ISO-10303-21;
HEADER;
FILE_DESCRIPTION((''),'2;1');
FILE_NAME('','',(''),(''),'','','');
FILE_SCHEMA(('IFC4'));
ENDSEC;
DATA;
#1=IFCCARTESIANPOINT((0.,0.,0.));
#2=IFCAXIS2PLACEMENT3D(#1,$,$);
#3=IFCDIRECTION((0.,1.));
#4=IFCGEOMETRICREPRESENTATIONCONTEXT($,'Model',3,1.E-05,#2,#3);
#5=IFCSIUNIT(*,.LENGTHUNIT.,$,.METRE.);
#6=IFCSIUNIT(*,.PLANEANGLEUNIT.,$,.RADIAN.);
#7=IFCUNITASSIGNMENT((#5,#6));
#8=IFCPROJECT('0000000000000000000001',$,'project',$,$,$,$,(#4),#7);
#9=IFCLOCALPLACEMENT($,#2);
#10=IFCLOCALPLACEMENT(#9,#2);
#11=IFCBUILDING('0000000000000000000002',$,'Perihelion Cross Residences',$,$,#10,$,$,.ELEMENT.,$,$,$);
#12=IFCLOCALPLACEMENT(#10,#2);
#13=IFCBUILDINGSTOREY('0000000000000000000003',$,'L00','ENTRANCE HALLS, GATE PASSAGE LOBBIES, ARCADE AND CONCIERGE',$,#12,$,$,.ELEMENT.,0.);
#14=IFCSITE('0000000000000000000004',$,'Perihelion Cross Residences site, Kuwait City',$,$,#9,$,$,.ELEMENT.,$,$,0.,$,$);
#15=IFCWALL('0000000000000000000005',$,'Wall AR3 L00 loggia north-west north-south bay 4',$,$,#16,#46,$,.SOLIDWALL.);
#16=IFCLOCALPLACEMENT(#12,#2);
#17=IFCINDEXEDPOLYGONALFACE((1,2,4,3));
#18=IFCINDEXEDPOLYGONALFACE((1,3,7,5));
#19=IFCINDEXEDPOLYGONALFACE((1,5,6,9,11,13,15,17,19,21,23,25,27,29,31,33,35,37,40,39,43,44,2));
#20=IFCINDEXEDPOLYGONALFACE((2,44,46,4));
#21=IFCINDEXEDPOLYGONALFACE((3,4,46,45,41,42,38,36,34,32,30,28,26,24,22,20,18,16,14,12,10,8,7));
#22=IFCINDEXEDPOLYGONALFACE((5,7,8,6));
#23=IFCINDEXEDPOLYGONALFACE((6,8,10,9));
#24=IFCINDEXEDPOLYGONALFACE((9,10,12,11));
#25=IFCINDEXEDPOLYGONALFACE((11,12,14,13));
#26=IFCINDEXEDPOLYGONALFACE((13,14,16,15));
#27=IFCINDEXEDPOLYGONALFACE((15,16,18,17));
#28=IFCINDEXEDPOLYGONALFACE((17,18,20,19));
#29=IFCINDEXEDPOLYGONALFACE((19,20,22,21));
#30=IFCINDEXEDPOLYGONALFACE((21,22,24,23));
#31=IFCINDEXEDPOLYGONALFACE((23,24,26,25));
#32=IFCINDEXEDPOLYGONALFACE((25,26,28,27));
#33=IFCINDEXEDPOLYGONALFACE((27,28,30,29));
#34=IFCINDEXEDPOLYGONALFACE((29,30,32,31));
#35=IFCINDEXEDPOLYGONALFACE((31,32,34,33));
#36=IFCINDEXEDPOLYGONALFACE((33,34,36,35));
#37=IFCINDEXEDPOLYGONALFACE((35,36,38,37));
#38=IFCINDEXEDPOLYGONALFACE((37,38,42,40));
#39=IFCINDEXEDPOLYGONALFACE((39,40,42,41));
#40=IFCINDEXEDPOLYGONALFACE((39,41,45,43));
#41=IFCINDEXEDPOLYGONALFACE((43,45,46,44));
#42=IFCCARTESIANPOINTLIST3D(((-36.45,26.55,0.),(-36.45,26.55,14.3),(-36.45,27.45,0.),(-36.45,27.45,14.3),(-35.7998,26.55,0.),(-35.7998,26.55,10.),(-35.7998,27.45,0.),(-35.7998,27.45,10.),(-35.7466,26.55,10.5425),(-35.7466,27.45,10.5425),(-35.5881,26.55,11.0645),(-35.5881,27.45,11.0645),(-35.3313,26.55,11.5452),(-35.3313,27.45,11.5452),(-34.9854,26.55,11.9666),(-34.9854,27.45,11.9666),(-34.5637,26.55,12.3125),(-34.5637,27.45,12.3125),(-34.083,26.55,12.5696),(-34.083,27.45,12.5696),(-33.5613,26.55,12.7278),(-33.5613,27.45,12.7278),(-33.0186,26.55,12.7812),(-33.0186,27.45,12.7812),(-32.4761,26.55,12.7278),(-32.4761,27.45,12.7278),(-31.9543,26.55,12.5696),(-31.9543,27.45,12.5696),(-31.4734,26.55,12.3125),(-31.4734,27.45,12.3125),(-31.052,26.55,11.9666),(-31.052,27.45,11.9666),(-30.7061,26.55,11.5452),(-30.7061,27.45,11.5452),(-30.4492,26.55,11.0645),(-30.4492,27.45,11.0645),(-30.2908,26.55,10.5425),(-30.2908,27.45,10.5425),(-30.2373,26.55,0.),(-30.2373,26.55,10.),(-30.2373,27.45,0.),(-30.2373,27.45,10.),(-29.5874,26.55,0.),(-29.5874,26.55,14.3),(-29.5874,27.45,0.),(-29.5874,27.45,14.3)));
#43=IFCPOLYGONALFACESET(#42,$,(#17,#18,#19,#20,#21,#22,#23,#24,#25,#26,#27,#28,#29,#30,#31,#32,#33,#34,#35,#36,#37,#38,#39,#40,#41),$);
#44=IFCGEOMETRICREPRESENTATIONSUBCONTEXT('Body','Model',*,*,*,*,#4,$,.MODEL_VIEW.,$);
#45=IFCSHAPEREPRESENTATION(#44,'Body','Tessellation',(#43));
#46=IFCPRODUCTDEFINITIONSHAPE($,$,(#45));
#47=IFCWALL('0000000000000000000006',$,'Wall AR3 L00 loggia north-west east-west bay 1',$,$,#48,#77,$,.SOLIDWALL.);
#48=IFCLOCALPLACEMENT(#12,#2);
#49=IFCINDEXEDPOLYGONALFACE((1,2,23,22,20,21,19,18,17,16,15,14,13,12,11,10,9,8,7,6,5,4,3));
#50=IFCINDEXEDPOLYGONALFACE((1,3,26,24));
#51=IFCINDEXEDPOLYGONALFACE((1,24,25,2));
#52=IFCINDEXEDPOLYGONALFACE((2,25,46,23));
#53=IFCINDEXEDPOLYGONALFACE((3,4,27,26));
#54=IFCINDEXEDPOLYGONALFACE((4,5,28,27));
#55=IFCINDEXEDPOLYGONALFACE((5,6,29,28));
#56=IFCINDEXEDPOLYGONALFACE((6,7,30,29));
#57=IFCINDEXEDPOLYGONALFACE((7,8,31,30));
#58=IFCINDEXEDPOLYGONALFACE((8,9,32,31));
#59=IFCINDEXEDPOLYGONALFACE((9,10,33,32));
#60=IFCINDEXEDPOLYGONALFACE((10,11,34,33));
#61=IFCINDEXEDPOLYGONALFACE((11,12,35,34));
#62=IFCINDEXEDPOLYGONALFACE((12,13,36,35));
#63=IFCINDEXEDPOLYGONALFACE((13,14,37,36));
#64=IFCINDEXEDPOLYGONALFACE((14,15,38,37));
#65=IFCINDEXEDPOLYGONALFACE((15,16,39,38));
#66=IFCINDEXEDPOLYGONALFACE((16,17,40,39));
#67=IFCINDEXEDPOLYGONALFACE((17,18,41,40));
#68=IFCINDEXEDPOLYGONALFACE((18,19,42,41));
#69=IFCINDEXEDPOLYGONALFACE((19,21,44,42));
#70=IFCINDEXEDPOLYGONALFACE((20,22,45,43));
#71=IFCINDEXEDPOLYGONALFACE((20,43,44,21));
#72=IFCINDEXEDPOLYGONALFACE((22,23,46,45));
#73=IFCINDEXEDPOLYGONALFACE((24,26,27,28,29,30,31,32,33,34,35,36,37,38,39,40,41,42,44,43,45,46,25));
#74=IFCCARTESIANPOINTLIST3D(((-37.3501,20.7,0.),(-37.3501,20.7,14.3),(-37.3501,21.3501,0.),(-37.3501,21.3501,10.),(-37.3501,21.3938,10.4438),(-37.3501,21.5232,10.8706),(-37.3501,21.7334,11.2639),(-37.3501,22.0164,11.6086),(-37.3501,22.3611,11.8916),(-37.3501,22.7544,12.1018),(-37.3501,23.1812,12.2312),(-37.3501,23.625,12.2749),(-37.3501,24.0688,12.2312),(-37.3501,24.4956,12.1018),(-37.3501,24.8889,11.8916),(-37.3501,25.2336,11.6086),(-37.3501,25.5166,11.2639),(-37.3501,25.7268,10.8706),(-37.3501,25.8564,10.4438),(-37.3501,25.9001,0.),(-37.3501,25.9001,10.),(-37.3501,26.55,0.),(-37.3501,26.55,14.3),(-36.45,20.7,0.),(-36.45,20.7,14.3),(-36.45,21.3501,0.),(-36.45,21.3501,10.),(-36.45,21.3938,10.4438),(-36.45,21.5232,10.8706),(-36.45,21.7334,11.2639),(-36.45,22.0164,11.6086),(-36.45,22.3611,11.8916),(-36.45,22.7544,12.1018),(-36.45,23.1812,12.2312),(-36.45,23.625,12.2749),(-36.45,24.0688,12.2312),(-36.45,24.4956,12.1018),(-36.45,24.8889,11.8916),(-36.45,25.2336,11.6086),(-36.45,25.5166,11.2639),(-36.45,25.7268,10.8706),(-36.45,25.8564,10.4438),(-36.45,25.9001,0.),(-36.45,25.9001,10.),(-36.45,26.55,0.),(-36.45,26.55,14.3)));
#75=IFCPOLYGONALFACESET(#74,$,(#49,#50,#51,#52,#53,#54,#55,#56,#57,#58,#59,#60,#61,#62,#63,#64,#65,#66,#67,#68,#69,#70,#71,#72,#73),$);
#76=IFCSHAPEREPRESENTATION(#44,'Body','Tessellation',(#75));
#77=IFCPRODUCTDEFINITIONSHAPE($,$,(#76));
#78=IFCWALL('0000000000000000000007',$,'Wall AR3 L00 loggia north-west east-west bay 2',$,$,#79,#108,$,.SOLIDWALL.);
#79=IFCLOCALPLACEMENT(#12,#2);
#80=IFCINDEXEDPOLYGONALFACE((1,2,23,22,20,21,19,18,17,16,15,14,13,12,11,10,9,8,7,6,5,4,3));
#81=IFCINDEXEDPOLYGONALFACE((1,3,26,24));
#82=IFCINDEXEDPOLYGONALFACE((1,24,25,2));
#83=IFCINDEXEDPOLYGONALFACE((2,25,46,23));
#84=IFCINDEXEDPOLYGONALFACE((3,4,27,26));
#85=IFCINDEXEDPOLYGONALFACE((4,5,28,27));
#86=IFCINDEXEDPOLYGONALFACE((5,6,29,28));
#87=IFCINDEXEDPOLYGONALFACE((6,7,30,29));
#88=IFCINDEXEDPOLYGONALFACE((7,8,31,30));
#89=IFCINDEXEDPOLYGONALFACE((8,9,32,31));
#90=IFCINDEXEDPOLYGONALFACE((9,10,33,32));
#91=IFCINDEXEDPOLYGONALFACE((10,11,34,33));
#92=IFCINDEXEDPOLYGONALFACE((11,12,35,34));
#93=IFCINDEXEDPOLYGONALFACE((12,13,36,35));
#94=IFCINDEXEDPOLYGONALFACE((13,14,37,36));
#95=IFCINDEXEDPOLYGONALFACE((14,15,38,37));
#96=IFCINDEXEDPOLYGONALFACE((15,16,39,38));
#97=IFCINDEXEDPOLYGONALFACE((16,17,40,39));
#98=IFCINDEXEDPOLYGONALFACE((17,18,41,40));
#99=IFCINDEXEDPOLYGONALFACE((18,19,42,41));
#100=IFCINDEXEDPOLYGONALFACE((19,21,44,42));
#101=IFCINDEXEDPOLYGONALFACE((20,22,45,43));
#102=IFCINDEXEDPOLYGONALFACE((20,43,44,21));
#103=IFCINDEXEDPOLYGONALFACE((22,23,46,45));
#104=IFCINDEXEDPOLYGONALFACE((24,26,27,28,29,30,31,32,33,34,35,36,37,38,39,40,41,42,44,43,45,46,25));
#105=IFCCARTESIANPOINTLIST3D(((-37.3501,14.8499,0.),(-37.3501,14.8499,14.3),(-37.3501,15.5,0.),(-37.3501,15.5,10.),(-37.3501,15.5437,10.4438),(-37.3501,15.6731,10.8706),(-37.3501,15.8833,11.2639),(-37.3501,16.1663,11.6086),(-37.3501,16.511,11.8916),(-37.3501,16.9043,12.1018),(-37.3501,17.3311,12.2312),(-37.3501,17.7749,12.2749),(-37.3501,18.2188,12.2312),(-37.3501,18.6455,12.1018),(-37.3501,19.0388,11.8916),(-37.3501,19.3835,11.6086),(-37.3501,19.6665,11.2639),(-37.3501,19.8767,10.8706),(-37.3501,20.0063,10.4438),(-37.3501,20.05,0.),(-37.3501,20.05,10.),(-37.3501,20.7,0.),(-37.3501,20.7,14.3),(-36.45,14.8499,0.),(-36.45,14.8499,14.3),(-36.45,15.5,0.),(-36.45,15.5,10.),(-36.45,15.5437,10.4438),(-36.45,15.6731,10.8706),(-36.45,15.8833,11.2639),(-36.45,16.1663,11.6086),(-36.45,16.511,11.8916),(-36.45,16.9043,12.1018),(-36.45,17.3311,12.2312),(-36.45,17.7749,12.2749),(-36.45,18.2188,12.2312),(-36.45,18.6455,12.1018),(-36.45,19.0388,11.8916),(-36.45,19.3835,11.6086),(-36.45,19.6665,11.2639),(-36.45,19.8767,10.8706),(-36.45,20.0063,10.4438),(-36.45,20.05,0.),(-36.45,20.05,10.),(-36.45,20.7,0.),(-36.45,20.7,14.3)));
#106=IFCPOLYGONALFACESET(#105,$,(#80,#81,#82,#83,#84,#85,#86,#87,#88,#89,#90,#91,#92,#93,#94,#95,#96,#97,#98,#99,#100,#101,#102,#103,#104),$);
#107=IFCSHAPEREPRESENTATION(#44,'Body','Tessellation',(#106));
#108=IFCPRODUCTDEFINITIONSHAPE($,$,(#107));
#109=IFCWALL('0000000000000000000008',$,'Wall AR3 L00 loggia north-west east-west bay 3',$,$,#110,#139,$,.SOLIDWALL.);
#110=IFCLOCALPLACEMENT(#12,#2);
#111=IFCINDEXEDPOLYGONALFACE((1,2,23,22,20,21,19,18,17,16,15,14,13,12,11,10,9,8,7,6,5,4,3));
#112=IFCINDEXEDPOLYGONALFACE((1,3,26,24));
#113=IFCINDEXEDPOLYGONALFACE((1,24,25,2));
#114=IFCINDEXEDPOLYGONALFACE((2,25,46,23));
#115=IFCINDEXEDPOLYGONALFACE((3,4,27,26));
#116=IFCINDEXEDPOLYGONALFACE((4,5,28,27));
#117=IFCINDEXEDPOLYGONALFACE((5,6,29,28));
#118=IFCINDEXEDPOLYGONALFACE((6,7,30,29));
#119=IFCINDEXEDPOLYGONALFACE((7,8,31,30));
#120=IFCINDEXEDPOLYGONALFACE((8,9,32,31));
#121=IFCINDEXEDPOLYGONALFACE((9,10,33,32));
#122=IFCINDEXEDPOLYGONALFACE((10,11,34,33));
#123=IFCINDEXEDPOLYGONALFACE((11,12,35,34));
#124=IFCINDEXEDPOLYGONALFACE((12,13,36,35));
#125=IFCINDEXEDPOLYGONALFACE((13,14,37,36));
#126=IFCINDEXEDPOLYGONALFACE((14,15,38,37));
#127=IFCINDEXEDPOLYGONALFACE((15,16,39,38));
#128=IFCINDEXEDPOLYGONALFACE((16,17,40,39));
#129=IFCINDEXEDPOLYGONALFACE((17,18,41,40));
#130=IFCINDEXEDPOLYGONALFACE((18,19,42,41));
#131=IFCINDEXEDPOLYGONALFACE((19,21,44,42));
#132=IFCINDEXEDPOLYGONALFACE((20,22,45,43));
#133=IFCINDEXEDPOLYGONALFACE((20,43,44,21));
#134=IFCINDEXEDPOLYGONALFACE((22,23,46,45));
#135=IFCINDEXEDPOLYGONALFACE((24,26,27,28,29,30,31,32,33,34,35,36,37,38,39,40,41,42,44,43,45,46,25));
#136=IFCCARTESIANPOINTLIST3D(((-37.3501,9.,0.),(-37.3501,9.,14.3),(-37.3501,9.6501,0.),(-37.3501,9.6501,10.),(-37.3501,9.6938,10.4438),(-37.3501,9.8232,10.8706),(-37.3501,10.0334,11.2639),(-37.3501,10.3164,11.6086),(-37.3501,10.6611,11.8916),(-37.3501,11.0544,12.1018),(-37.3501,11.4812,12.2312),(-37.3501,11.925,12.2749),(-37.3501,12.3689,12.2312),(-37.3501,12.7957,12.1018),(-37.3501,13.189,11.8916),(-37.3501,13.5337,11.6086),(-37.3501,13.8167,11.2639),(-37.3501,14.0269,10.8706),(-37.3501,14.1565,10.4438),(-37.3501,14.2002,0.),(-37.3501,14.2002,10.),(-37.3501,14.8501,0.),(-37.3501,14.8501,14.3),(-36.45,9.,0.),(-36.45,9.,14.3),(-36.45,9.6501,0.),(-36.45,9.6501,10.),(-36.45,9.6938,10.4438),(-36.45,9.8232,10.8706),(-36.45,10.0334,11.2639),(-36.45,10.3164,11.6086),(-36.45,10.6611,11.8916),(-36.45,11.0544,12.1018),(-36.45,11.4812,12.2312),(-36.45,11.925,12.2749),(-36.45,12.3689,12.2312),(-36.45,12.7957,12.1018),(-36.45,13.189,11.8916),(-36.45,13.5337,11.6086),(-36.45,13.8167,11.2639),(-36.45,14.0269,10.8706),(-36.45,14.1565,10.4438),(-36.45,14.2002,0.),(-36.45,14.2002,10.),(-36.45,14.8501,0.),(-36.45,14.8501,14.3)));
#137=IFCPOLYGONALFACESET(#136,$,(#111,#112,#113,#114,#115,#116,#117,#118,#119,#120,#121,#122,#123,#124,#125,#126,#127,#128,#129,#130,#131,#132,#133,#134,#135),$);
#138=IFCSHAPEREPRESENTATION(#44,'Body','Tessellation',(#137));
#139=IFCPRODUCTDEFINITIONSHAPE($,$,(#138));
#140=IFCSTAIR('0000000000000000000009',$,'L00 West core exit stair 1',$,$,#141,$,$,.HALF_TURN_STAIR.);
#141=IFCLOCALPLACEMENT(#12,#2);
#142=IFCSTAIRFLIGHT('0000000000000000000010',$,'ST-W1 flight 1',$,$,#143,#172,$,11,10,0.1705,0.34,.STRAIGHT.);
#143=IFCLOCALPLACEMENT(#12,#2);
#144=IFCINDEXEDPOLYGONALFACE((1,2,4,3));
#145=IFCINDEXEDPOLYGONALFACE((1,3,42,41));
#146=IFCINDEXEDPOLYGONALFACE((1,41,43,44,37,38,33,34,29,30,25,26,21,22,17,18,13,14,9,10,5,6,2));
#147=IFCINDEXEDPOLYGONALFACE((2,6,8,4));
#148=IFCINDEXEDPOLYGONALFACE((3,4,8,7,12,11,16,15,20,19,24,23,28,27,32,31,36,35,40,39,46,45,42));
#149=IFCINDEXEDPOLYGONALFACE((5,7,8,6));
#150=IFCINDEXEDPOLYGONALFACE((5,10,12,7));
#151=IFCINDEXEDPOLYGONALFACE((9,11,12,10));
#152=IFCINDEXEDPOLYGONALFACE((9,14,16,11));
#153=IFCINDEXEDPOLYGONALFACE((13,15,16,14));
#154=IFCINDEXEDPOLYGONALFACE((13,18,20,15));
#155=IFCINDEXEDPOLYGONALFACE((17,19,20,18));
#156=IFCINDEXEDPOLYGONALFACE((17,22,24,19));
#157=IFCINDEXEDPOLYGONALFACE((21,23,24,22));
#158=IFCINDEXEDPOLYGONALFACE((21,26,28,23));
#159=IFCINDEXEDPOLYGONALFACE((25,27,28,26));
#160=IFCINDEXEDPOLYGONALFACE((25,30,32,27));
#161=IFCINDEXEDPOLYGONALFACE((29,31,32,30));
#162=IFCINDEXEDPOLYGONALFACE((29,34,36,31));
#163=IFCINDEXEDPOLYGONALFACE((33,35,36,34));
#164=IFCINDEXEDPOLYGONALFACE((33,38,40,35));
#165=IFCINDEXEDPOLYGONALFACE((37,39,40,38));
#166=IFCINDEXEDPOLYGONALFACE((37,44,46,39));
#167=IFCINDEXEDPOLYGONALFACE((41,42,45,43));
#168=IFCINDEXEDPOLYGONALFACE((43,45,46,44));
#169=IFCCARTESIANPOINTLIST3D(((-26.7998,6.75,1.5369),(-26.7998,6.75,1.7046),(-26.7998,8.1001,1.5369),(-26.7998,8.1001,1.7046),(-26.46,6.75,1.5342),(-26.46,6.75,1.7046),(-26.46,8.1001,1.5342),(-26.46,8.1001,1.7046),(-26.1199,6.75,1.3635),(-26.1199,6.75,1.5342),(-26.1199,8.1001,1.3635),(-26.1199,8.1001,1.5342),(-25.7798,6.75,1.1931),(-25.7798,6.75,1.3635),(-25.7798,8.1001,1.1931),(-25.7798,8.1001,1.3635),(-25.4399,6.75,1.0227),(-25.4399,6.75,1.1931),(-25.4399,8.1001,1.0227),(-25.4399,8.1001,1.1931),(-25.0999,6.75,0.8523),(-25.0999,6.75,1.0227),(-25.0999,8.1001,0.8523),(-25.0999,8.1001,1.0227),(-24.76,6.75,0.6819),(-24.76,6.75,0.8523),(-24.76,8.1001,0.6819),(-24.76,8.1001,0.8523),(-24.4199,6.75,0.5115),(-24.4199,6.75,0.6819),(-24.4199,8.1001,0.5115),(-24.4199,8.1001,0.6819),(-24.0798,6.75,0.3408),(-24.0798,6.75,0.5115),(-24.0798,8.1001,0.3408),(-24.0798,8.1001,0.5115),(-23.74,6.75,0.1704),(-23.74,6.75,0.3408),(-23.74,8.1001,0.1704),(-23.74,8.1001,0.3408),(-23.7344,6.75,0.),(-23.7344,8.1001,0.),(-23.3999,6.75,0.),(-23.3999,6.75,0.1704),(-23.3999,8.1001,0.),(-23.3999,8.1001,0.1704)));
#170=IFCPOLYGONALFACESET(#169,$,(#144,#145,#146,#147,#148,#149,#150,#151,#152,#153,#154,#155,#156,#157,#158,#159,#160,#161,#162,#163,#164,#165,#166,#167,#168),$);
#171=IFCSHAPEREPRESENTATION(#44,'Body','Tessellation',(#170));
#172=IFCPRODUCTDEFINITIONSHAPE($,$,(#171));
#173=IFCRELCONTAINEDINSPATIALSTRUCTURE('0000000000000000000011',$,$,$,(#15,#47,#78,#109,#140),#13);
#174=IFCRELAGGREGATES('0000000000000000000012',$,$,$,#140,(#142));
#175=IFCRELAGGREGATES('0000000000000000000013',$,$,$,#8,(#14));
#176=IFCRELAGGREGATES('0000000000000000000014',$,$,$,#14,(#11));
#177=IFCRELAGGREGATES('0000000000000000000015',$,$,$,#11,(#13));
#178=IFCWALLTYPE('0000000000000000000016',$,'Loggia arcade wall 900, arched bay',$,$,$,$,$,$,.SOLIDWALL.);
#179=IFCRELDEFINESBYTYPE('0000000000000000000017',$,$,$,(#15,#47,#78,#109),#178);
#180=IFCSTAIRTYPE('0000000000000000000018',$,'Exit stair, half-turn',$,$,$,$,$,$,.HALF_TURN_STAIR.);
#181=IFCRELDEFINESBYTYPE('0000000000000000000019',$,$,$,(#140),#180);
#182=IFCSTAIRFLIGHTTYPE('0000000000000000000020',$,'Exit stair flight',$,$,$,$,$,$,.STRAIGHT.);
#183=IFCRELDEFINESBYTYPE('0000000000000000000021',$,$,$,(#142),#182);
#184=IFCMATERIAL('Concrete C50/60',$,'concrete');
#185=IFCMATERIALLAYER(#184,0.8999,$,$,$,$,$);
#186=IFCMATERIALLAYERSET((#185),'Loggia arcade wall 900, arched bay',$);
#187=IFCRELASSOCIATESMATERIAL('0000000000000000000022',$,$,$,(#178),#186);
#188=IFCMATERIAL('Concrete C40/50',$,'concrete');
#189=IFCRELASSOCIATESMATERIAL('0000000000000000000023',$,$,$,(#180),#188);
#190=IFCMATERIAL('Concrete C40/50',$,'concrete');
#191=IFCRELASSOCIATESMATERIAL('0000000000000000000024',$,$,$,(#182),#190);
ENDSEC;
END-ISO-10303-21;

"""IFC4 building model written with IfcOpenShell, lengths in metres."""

from ifc_helpers import new_model, si_unit, direction, frame, origin, place, context, subcontext, project, spatial, polyline, outline, extrude, material, layer, layer_set, type_object, element, aggregate, save


model = new_model("IFC4")

# Units and contexts
model_context = context("Model", 3, precision=1e-05, world=origin(), true_north=direction((0.0, 1.0)))
body_context = subcontext(model_context, "Body", "Model", "MODEL_VIEW")
ifc_project = project(units=[si_unit("LENGTHUNIT", "METRE"), si_unit("PLANEANGLEUNIT", "RADIAN")], contexts=[model_context])

# Site, building, storey
site_placement = place(None, origin())
site = spatial("IfcSite", under=ifc_project, at=site_placement, Name="Perihelion Cross Residences site, Kuwait City", CompositionType="ELEMENT", RefElevation=0.0)
building_placement = place(site_placement, origin())
building = spatial("IfcBuilding", under=site, at=building_placement, Name="Perihelion Cross Residences", CompositionType="ELEMENT")
storey_placement = place(building_placement, origin())
storey = spatial("IfcBuildingStorey", under=building, at=storey_placement, Name="L00", Description="ENTRANCE HALLS, GATE PASSAGE LOBBIES, ARCADE AND CONCIERGE", CompositionType="ELEMENT", Elevation=0.0)

# Walls
ifc_material_1 = material(Name="Concrete C50/60", Category="concrete")
ifc_layer_1 = layer(ifc_material_1, 0.8999)
ifc_layer_set_1 = layer_set([ifc_layer_1], Name="Loggia arcade wall 900, arched bay")
wall_type_1 = type_object("IfcWallType", Name="Loggia arcade wall 900, arched bay", PredefinedType="SOLIDWALL", material=ifc_layer_set_1)
for number, where, z_axis, x_axis, name in (
    (1, (-29.5874, 26.55, 0.0), (0.0, 1.0, 0.0), (-1.0, 0.0, 0.0), "Wall AR3 L00 loggia north-west north-south bay 4"),
):
    element("IfcWall", number, at=place(storey_placement, frame(where, z_axis=z_axis, x_axis=x_axis)), inside=storey, type_object=wall_type_1, Name=name, PredefinedType="SOLIDWALL", context=body_context, shape_type="SweptSolid", body=[
        extrude(outline(polyline([(0.0, 0.0), (0.6499, 0.0), (0.6499, 10.0), (0.7034, 10.5425), (0.8618, 11.0645), (1.1187, 11.5452), (1.4646, 11.9666), (1.886, 12.3125), (2.3669, 12.5696), (2.8887, 12.7278), (3.4312, 12.7812), (3.9739, 12.7278), (4.4956, 12.5696), (4.9763, 12.3125), (5.3979, 11.9666), (5.7439, 11.5452), (6.0007, 11.0645), (6.1592, 10.5425), (6.2124, 10.0), (6.2124, 0.0), (6.8625, 0.0), (6.8625, 14.3), (0.0, 14.3), (0.0, 0.0)])), origin(), (0.0, 0.0, 1.0), 0.8999),
    ])
for number, where, z_axis, x_axis, name in (
    (2, (-36.45, 26.55, 0.0), (-1.0, 0.0, 0.0), (0.0, -1.0, 0.0), "Wall AR3 L00 loggia north-west east-west bay 1"),
    (3, (-36.45, 20.7, 0.0), (-1.0, 0.0, 0.0), (0.0, -1.0, 0.0), "Wall AR3 L00 loggia north-west east-west bay 2"),
    (4, (-36.45, 14.8501, 0.0), (-1.0, 0.0, 0.0), (0.0, -1.0, 0.0), "Wall AR3 L00 loggia north-west east-west bay 3"),
):
    element("IfcWall", number, at=place(storey_placement, frame(where, z_axis=z_axis, x_axis=x_axis)), inside=storey, type_object=wall_type_1, Name=name, PredefinedType="SOLIDWALL", context=body_context, shape_type="SweptSolid", body=[
        extrude(outline(polyline([(0.0, 0.0), (0.6499, 0.0), (0.6499, 10.0), (0.6936, 10.4438), (0.8232, 10.8706), (1.0334, 11.2639), (1.3164, 11.6086), (1.6611, 11.8916), (2.0544, 12.1018), (2.4812, 12.2312), (2.925, 12.2749), (3.3689, 12.2312), (3.7957, 12.1018), (4.189, 11.8916), (4.5337, 11.6086), (4.8167, 11.2639), (5.0269, 10.8706), (5.1562, 10.4438), (5.2, 10.0), (5.2, 0.0), (5.8501, 0.0), (5.8501, 14.3), (0.0, 14.3), (0.0, 0.0)])), origin(), (0.0, 0.0, 1.0), 0.9001),
    ])

# Stair, stair flight
ifc_material_2 = material(Name="Concrete C40/50", Category="concrete")
stair_type = type_object("IfcStairType", Name="Exit stair, half-turn", PredefinedType="HALF_TURN_STAIR", material=ifc_material_2)
stair_placement = place(storey_placement, origin())
stair = element("IfcStair", 5, at=stair_placement, inside=storey, type_object=stair_type, Name="L00 West core exit stair 1", PredefinedType="HALF_TURN_STAIR")
ifc_material_3 = material(Name="Concrete C40/50", Category="concrete")
stair_flight_type = type_object("IfcStairFlightType", Name="Exit stair flight", PredefinedType="STRAIGHT", material=ifc_material_3)
stair_flight_1_placement = place(storey_placement, frame((-23.3999, 7.425, 0.0), z_axis=(0.0, 0.0, 1.0), x_axis=(-1.0, 0.0, 0.0)))
stair_flight_1 = element("IfcStairFlight", 6, at=stair_flight_1_placement, type_object=stair_flight_type, Name="ST-W1 flight 1", NumberOfRisers=11, NumberOfTreads=10, PredefinedType="STRAIGHT", RiserHeight=0.1705, TreadLength=0.34, context=body_context, shape_type="SweptSolid", body=[
    extrude(outline(polyline([(0.0, 0.0), (0.0, 0.1704), (0.3401, 0.1704), (0.3401, 0.3408), (0.6799, 0.3408), (0.6799, 0.5115), (1.02, 0.5115), (1.02, 0.6819), (1.3601, 0.6819), (1.3601, 0.8523), (1.7, 0.8523), (1.7, 1.0227), (2.04, 1.0227), (2.04, 1.1931), (2.3799, 1.1931), (2.3799, 1.3635), (2.72, 1.3635), (2.72, 1.5342), (3.0601, 1.5342), (3.0601, 1.7046), (3.3999, 1.7046), (3.3999, 1.875), (3.3999, 1.5369), (0.3345, 0.0), (0.0, 0.0)])), frame((0.0, 0.675, 0.0), z_axis=(0.0, -1.0, 0.0), x_axis=(1.0, 0.0, 0.0)), (0.0, 0.0, 1.0), 1.3501),
])
aggregate(stair, [stair_flight_1])

save(model, "model.ifc")
